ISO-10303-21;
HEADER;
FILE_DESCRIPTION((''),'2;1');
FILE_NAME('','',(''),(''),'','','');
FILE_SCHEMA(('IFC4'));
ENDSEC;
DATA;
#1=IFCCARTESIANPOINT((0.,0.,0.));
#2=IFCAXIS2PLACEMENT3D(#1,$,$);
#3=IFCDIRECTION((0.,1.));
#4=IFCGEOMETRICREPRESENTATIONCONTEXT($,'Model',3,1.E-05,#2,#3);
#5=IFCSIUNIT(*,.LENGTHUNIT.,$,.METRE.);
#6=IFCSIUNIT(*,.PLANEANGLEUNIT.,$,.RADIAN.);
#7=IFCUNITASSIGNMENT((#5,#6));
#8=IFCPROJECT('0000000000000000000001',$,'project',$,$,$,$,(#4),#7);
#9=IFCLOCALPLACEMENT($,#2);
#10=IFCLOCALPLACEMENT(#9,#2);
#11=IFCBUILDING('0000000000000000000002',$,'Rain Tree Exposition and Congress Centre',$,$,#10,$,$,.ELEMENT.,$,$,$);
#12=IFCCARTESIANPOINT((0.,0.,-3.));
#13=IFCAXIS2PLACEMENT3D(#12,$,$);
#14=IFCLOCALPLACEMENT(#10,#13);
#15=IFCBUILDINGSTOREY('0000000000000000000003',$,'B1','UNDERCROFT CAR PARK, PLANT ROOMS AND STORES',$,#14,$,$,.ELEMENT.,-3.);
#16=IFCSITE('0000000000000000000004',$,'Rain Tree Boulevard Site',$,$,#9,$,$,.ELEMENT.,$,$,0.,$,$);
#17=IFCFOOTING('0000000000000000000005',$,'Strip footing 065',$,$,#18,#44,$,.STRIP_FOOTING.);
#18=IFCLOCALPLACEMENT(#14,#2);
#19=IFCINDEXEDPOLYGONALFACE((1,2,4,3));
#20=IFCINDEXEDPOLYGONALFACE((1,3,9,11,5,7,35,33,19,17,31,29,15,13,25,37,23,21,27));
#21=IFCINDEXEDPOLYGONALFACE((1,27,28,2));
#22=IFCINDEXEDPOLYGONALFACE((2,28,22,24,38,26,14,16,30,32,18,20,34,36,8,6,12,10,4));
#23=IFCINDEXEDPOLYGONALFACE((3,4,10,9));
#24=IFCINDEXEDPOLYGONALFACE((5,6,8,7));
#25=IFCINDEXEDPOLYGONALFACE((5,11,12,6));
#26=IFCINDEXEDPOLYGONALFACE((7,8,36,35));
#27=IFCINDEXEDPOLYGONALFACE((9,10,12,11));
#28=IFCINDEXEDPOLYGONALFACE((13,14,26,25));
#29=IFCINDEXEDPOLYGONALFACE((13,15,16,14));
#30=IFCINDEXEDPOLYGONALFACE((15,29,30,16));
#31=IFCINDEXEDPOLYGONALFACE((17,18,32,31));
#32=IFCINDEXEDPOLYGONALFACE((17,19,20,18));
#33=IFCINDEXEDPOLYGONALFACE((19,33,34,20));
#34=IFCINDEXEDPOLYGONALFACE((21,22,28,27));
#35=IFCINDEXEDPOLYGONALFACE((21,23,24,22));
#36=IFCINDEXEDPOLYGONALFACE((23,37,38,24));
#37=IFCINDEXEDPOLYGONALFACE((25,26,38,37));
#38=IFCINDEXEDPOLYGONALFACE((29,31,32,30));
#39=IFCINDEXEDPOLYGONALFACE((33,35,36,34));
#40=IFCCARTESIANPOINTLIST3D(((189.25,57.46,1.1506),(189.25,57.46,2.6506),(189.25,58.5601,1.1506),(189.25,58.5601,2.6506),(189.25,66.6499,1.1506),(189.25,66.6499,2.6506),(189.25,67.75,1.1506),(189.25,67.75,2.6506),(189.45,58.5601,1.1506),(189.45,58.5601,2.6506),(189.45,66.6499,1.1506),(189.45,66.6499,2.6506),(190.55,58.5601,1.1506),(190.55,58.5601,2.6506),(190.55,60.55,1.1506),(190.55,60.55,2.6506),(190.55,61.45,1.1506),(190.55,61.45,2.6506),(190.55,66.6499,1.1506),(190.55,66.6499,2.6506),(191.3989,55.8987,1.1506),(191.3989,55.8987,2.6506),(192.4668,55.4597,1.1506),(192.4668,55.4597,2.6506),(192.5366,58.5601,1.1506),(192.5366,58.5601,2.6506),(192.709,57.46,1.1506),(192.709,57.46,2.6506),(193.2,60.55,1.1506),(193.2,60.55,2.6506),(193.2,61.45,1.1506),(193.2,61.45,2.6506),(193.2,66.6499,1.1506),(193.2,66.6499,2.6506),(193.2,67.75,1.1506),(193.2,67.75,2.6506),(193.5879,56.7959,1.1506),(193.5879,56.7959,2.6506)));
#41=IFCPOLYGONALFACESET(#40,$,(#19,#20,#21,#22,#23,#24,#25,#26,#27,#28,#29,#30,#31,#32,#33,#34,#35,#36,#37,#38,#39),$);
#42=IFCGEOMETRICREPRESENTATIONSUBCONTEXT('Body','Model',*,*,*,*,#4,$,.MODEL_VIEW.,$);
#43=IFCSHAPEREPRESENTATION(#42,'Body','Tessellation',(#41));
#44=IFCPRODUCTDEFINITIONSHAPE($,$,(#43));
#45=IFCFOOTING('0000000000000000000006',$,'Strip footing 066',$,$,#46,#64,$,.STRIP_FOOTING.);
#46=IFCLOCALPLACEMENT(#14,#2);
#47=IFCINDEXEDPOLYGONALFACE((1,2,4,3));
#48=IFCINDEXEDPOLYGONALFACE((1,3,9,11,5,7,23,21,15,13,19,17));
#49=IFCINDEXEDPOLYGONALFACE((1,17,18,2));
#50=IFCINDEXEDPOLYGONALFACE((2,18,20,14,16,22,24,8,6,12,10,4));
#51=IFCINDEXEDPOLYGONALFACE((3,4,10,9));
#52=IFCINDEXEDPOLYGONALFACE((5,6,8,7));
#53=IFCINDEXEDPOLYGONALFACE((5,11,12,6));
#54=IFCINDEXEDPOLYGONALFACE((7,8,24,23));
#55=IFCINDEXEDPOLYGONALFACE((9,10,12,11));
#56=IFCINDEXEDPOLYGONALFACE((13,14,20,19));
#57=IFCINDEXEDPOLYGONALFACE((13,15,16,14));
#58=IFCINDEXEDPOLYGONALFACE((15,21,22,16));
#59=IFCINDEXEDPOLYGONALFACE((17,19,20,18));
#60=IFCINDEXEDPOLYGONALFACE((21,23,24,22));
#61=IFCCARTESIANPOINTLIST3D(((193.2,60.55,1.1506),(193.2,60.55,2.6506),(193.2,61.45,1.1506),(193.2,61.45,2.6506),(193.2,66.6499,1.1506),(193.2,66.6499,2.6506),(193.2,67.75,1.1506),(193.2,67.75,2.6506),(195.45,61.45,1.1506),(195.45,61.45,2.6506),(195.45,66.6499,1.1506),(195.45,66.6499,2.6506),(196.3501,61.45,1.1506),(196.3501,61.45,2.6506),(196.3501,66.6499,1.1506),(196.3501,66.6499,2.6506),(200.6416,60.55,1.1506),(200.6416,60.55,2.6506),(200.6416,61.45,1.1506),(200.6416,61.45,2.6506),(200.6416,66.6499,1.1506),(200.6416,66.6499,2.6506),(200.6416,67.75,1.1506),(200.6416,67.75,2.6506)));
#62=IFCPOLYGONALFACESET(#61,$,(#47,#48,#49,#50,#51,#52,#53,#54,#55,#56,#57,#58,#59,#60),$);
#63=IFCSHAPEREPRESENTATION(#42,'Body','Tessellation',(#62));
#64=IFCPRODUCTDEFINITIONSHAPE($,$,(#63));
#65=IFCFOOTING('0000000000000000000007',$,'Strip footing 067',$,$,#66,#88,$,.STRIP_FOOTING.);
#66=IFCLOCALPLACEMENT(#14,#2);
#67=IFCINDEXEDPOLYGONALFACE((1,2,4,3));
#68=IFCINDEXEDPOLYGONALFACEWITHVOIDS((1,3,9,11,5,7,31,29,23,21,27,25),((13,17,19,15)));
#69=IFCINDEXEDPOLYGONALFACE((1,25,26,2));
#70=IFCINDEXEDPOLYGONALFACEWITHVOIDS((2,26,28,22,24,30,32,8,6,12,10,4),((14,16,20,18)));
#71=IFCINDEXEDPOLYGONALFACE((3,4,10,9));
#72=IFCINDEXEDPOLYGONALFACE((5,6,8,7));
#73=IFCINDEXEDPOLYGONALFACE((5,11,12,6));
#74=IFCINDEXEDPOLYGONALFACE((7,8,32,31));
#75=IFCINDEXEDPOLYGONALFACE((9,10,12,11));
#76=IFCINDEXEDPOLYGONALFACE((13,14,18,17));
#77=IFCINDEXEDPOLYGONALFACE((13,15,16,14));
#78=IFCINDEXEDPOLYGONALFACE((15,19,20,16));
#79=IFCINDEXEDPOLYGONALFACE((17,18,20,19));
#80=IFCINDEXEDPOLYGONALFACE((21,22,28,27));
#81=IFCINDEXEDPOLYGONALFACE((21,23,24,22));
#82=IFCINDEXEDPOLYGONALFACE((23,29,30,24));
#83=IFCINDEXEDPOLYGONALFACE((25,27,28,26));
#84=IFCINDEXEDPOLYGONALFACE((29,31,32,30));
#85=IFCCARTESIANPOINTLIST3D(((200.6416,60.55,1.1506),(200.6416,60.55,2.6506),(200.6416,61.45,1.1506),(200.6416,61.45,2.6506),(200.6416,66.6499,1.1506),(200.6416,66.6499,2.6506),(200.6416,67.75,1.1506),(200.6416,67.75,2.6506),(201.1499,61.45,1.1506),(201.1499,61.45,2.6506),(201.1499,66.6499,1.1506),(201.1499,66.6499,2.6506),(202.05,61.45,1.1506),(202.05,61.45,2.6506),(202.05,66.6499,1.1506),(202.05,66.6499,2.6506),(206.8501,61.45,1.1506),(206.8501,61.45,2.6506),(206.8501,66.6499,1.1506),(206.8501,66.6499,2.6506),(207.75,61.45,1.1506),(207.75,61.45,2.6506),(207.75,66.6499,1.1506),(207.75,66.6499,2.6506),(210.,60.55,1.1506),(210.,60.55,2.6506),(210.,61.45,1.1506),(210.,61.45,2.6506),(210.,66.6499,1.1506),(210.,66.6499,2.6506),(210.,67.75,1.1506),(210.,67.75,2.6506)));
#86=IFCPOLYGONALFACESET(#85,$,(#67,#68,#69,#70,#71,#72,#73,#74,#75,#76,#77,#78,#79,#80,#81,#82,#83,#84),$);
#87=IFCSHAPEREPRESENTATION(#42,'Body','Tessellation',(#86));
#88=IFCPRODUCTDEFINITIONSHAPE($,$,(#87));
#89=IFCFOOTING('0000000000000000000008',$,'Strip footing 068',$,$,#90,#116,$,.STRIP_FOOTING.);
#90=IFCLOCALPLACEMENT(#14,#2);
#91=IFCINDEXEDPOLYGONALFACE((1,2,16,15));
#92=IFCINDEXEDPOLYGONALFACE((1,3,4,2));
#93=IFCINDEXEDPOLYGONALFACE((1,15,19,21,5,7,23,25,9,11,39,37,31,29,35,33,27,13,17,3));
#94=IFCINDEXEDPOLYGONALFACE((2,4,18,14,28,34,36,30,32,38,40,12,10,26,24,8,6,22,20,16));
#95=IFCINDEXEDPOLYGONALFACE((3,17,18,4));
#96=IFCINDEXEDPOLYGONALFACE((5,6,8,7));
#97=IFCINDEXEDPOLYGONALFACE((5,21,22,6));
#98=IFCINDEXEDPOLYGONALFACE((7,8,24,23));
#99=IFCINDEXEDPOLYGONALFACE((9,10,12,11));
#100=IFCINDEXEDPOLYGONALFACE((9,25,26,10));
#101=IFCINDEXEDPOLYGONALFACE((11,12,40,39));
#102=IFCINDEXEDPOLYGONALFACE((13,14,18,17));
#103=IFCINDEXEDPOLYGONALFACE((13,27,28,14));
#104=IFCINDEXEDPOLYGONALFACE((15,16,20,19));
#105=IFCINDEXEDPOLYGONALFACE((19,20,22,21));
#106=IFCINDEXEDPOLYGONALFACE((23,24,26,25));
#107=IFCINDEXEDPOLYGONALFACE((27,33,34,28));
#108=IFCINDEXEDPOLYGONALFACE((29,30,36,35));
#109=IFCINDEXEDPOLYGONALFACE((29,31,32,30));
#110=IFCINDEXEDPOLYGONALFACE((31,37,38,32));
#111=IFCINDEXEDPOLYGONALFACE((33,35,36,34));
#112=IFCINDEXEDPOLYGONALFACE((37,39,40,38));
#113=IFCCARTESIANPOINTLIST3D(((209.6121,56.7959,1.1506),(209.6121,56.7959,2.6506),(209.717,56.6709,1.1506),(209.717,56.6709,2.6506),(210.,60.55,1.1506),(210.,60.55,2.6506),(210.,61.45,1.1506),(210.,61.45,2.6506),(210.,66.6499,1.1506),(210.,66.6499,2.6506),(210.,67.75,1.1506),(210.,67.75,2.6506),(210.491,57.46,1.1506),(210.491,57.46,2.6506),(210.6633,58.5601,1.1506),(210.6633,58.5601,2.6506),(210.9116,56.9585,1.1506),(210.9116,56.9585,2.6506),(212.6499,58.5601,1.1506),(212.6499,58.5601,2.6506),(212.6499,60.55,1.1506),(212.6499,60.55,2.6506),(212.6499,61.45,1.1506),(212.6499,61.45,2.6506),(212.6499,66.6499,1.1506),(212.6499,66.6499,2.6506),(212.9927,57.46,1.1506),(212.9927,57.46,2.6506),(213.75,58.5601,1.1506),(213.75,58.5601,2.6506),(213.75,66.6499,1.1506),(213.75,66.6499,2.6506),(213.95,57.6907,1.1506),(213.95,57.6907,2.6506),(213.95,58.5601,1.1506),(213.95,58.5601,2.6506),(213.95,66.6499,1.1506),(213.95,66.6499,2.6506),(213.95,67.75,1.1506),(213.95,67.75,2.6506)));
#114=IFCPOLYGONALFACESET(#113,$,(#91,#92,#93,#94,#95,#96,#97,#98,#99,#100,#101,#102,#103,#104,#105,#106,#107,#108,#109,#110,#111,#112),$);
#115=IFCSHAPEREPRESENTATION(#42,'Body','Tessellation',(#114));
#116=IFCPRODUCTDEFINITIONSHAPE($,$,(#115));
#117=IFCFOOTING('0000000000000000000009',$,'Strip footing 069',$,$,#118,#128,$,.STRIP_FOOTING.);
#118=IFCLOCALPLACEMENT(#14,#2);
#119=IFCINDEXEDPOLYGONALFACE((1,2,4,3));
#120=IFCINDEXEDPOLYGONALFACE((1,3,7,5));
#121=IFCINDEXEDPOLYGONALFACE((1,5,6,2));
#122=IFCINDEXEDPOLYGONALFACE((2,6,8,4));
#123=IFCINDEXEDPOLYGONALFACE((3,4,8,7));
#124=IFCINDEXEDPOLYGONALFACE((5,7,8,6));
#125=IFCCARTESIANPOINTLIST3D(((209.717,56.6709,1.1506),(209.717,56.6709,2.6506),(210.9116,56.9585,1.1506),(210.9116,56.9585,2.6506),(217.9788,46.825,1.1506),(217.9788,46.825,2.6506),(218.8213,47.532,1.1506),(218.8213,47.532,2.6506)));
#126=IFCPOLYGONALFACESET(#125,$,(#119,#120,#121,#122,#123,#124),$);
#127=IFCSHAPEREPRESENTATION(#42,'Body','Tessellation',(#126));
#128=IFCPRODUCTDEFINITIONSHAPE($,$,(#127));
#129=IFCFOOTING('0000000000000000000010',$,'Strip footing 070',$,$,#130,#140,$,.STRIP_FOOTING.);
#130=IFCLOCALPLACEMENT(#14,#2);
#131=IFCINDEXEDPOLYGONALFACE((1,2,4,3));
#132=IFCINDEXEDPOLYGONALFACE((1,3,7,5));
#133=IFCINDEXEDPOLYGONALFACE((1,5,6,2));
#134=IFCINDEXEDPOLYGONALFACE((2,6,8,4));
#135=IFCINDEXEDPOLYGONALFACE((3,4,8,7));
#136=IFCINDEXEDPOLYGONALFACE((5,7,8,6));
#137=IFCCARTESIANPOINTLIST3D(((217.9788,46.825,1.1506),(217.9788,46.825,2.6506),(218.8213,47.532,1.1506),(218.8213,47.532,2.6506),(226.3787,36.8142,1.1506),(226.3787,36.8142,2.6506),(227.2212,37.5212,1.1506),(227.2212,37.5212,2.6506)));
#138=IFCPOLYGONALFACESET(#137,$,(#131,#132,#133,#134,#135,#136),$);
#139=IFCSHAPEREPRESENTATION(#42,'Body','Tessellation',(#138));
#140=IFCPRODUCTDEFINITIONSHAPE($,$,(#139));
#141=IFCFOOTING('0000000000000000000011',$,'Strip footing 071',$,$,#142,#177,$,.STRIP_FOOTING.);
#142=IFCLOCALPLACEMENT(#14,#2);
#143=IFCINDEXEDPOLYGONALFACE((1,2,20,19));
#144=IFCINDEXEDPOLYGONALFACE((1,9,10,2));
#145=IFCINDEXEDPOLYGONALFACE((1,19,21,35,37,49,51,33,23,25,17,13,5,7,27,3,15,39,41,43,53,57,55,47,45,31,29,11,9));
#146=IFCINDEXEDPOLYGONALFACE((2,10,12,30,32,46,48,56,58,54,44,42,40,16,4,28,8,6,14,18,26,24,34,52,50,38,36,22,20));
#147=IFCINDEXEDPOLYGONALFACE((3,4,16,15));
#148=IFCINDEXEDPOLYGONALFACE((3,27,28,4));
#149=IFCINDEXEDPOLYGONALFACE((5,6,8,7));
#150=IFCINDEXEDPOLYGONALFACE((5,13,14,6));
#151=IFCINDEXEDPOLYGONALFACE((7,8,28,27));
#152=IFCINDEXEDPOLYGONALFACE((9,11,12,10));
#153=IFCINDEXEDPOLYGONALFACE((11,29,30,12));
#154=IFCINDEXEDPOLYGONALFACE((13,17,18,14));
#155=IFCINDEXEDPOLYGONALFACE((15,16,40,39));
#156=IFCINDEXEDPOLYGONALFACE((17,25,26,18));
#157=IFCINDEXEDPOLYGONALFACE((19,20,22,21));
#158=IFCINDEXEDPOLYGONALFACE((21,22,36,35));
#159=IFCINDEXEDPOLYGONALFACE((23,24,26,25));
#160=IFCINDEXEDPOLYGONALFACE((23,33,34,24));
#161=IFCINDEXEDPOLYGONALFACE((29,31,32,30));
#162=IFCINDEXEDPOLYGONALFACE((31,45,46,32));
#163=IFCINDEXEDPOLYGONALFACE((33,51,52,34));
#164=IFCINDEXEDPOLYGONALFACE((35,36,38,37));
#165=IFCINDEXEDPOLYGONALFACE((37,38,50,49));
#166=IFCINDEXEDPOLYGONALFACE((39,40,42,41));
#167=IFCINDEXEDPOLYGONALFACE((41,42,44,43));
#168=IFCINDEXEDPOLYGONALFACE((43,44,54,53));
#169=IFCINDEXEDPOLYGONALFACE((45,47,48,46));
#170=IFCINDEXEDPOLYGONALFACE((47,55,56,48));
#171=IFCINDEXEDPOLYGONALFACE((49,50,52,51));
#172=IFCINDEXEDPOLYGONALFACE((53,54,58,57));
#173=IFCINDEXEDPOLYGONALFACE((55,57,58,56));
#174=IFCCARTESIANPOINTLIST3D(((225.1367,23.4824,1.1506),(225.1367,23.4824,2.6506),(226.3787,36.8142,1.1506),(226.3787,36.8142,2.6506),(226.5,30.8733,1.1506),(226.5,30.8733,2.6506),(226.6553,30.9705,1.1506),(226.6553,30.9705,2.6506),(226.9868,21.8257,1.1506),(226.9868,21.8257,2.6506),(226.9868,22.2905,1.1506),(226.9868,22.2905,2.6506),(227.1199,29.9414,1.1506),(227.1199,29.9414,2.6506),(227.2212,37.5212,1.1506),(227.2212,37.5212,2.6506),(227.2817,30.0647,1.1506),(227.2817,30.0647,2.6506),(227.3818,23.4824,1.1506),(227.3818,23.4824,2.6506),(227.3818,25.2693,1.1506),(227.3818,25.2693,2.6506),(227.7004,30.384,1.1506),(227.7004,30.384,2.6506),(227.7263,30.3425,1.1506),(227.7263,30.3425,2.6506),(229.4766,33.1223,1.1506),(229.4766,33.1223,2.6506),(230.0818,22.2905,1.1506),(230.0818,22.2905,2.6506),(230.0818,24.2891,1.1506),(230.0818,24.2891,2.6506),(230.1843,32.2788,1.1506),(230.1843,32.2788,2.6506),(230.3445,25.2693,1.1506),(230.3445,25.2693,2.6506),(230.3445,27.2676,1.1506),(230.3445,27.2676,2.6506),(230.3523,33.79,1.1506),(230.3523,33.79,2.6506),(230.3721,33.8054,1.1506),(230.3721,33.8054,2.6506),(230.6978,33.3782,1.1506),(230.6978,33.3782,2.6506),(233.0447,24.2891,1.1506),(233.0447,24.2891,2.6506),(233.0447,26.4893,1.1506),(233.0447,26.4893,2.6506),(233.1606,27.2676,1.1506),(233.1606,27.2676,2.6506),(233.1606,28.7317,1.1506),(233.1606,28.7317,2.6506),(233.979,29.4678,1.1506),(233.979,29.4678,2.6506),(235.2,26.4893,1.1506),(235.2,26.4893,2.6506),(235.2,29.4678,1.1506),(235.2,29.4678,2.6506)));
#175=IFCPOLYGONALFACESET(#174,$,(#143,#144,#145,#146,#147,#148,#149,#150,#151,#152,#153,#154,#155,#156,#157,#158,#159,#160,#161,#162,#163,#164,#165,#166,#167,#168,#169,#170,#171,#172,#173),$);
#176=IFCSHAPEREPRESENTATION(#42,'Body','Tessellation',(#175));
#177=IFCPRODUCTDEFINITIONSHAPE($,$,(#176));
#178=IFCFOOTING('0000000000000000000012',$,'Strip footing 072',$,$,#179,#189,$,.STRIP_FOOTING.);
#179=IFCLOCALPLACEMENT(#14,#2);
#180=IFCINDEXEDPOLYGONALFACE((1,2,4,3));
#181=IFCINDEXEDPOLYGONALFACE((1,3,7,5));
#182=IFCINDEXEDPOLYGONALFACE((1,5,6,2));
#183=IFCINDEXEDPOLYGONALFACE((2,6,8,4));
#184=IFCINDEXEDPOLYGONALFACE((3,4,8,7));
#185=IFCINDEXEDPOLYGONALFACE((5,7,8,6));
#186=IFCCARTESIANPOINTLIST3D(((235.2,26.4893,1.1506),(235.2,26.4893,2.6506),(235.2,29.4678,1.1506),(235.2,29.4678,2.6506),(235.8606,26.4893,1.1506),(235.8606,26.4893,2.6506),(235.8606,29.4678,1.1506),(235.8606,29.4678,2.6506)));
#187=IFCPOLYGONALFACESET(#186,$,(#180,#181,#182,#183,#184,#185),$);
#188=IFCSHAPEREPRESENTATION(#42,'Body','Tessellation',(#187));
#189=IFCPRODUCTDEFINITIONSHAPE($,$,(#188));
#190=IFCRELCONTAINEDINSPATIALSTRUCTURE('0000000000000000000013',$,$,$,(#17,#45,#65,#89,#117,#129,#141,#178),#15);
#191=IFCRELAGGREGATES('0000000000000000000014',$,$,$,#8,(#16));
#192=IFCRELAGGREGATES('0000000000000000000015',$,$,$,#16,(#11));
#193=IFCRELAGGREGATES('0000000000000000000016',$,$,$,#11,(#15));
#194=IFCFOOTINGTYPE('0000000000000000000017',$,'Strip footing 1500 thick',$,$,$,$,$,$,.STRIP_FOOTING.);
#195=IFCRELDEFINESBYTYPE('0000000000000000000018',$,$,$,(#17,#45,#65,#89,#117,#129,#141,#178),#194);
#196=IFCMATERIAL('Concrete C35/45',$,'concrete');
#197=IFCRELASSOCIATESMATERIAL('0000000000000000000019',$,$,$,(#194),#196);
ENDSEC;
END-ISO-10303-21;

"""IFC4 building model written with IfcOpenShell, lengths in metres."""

from ifc_helpers import new_model, si_unit, direction, frame, origin, place, context, subcontext, project, spatial, polyline, outline, extrude, material, type_object, element, save


model = new_model("IFC4")

# Units and contexts
model_context = context("Model", 3, precision=1e-05, world=origin(), true_north=direction((0.0, 1.0)))
body_context = subcontext(model_context, "Body", "Model", "MODEL_VIEW")
ifc_project = project(units=[si_unit("LENGTHUNIT", "METRE"), si_unit("PLANEANGLEUNIT", "RADIAN")], contexts=[model_context])

# Site, building, storey
site_placement = place(None, origin())
site = spatial("IfcSite", under=ifc_project, at=site_placement, Name="Rain Tree Boulevard Site", CompositionType="ELEMENT", RefElevation=0.0)
building_placement = place(site_placement, origin())
building = spatial("IfcBuilding", under=site, at=building_placement, Name="Rain Tree Exposition and Congress Centre", CompositionType="ELEMENT")
storey_placement = place(building_placement, frame((0.0, 0.0, -3.0)))
storey = spatial("IfcBuildingStorey", under=building, at=storey_placement, Name="B1", Description="UNDERCROFT CAR PARK, PLANT ROOMS AND STORES", CompositionType="ELEMENT", Elevation=-3.0)

# Footings
ifc_material_1 = material(Name="Concrete C35/45", Category="concrete")
footing_type_1 = type_object("IfcFootingType", Name="Strip footing 1500 thick", PredefinedType="STRIP_FOOTING", material=ifc_material_1)
footing_1_placement = place(storey_placement, frame((0.0, 0.0, 1.1506)))
element("IfcFooting", 1, at=footing_1_placement, inside=storey, type_object=footing_type_1, Name="Strip footing 065", PredefinedType="STRIP_FOOTING", context=body_context, shape_type="SweptSolid", body=[
    extrude(outline(polyline([(192.709, 57.46), (191.3989, 55.8987), (192.4668, 55.4597), (193.5879, 56.7959), (192.5366, 58.5601), (190.55, 58.5601), (190.55, 60.55), (193.2, 60.55), (193.2, 61.45), (190.55, 61.45), (190.55, 66.6499), (193.2, 66.6499), (193.2, 67.75), (189.25, 67.75), (189.25, 66.6499), (189.45, 66.6499), (189.45, 58.5601), (189.25, 58.5601), (189.25, 57.46), (192.709, 57.46)])), origin(), (0.0, 0.0, 1.0), 1.5),
])
footing_2_placement = place(storey_placement, frame((0.0, 0.0, 1.1506)))
element("IfcFooting", 2, at=footing_2_placement, inside=storey, type_object=footing_type_1, Name="Strip footing 066", PredefinedType="STRIP_FOOTING", context=body_context, shape_type="SweptSolid", body=[
    extrude(outline(polyline([(200.6416, 67.75), (193.2, 67.75), (193.2, 66.6499), (195.45, 66.6499), (195.45, 61.45), (193.2, 61.45), (193.2, 60.55), (200.6416, 60.55), (200.6416, 61.45), (196.3501, 61.45), (196.3501, 66.6499), (200.6416, 66.6499), (200.6416, 67.75)])), origin(), (0.0, 0.0, 1.0), 1.5),
])
footing_3_placement = place(storey_placement, frame((0.0, 0.0, 1.1506)))
element("IfcFooting", 3, at=footing_3_placement, inside=storey, type_object=footing_type_1, Name="Strip footing 067", PredefinedType="STRIP_FOOTING", context=body_context, shape_type="SweptSolid", body=[
    extrude(outline(polyline([(210.0, 67.75), (200.6416, 67.75), (200.6416, 66.6499), (201.1499, 66.6499), (201.1499, 61.45), (200.6416, 61.45), (200.6416, 60.55), (210.0, 60.55), (210.0, 61.45), (207.75, 61.45), (207.75, 66.6499), (210.0, 66.6499), (210.0, 67.75)]), holes=[polyline([(202.05, 66.6499), (202.05, 61.45), (206.8501, 61.45), (206.8501, 66.6499), (202.05, 66.6499)])]), origin(), (0.0, 0.0, 1.0), 1.5),
])
footing_4_placement = place(storey_placement, frame((0.0, 0.0, 1.1506)))
element("IfcFooting", 4, at=footing_4_placement, inside=storey, type_object=footing_type_1, Name="Strip footing 068", PredefinedType="STRIP_FOOTING", context=body_context, shape_type="SweptSolid", body=[
    extrude(outline(polyline([(213.95, 67.75), (210.0, 67.75), (210.0, 66.6499), (212.6499, 66.6499), (212.6499, 61.45), (210.0, 61.45), (210.0, 60.55), (212.6499, 60.55), (212.6499, 58.5601), (210.6633, 58.5601), (209.6121, 56.7959), (209.717, 56.6709), (210.9116, 56.9585), (210.491, 57.46), (212.9927, 57.46), (213.95, 57.6907), (213.95, 58.5601), (213.75, 58.5601), (213.75, 66.6499), (213.95, 66.6499), (213.95, 67.75)])), origin(), (0.0, 0.0, 1.0), 1.5),
])
footing_5_placement = place(storey_placement, frame((0.0, 0.0, 1.1506)))
element("IfcFooting", 5, at=footing_5_placement, inside=storey, type_object=footing_type_1, Name="Strip footing 069", PredefinedType="STRIP_FOOTING", context=body_context, shape_type="SweptSolid", body=[
    extrude(outline(polyline([(218.8213, 47.532), (210.9116, 56.9585), (209.717, 56.6709), (217.9788, 46.825), (218.8213, 47.532)])), origin(), (0.0, 0.0, 1.0), 1.5),
])
footing_6_placement = place(storey_placement, frame((0.0, 0.0, 1.1506)))
element("IfcFooting", 6, at=footing_6_placement, inside=storey, type_object=footing_type_1, Name="Strip footing 070", PredefinedType="STRIP_FOOTING", context=body_context, shape_type="SweptSolid", body=[
    extrude(outline(polyline([(218.8213, 47.532), (217.9788, 46.825), (226.3787, 36.8142), (227.2212, 37.5212), (218.8213, 47.532)])), origin(), (0.0, 0.0, 1.0), 1.5),
])
footing_7_placement = place(storey_placement, frame((0.0, 0.0, 1.1506)))
element("IfcFooting", 7, at=footing_7_placement, inside=storey, type_object=footing_type_1, Name="Strip footing 071", PredefinedType="STRIP_FOOTING", context=body_context, shape_type="SweptSolid", body=[
    extrude(outline(polyline([(227.2212, 37.5212), (226.3787, 36.8142), (229.4766, 33.1223), (226.6553, 30.9705), (226.5, 30.8733), (227.1199, 29.9414), (227.2817, 30.0647), (227.7263, 30.3425), (227.7004, 30.384), (230.1843, 32.2788), (233.1606, 28.7317), (233.1606, 27.2676), (230.3445, 27.2676), (230.3445, 25.2693), (227.3818, 25.2693), (227.3818, 23.4824), (225.1367, 23.4824), (226.9868, 21.8257), (226.9868, 22.2905), (230.0818, 22.2905), (230.0818, 24.2891), (233.0447, 24.2891), (233.0447, 26.4893), (235.2, 26.4893), (235.2, 29.4678), (233.979, 29.4678), (230.6978, 33.3782), (230.3721, 33.8054), (230.3523, 33.79), (227.2212, 37.5212)])), origin(), (0.0, 0.0, 1.0), 1.5),
])
footing_8_placement = place(storey_placement, frame((0.0, 0.0, 1.1506)))
element("IfcFooting", 8, at=footing_8_placement, inside=storey, type_object=footing_type_1, Name="Strip footing 072", PredefinedType="STRIP_FOOTING", context=body_context, shape_type="SweptSolid", body=[
    extrude(outline(polyline([(235.2, 29.4678), (235.2, 26.4893), (235.8606, 26.4893), (235.8606, 29.4678), (235.2, 29.4678)])), origin(), (0.0, 0.0, 1.0), 1.5),
])

save(model, "model.ifc")
